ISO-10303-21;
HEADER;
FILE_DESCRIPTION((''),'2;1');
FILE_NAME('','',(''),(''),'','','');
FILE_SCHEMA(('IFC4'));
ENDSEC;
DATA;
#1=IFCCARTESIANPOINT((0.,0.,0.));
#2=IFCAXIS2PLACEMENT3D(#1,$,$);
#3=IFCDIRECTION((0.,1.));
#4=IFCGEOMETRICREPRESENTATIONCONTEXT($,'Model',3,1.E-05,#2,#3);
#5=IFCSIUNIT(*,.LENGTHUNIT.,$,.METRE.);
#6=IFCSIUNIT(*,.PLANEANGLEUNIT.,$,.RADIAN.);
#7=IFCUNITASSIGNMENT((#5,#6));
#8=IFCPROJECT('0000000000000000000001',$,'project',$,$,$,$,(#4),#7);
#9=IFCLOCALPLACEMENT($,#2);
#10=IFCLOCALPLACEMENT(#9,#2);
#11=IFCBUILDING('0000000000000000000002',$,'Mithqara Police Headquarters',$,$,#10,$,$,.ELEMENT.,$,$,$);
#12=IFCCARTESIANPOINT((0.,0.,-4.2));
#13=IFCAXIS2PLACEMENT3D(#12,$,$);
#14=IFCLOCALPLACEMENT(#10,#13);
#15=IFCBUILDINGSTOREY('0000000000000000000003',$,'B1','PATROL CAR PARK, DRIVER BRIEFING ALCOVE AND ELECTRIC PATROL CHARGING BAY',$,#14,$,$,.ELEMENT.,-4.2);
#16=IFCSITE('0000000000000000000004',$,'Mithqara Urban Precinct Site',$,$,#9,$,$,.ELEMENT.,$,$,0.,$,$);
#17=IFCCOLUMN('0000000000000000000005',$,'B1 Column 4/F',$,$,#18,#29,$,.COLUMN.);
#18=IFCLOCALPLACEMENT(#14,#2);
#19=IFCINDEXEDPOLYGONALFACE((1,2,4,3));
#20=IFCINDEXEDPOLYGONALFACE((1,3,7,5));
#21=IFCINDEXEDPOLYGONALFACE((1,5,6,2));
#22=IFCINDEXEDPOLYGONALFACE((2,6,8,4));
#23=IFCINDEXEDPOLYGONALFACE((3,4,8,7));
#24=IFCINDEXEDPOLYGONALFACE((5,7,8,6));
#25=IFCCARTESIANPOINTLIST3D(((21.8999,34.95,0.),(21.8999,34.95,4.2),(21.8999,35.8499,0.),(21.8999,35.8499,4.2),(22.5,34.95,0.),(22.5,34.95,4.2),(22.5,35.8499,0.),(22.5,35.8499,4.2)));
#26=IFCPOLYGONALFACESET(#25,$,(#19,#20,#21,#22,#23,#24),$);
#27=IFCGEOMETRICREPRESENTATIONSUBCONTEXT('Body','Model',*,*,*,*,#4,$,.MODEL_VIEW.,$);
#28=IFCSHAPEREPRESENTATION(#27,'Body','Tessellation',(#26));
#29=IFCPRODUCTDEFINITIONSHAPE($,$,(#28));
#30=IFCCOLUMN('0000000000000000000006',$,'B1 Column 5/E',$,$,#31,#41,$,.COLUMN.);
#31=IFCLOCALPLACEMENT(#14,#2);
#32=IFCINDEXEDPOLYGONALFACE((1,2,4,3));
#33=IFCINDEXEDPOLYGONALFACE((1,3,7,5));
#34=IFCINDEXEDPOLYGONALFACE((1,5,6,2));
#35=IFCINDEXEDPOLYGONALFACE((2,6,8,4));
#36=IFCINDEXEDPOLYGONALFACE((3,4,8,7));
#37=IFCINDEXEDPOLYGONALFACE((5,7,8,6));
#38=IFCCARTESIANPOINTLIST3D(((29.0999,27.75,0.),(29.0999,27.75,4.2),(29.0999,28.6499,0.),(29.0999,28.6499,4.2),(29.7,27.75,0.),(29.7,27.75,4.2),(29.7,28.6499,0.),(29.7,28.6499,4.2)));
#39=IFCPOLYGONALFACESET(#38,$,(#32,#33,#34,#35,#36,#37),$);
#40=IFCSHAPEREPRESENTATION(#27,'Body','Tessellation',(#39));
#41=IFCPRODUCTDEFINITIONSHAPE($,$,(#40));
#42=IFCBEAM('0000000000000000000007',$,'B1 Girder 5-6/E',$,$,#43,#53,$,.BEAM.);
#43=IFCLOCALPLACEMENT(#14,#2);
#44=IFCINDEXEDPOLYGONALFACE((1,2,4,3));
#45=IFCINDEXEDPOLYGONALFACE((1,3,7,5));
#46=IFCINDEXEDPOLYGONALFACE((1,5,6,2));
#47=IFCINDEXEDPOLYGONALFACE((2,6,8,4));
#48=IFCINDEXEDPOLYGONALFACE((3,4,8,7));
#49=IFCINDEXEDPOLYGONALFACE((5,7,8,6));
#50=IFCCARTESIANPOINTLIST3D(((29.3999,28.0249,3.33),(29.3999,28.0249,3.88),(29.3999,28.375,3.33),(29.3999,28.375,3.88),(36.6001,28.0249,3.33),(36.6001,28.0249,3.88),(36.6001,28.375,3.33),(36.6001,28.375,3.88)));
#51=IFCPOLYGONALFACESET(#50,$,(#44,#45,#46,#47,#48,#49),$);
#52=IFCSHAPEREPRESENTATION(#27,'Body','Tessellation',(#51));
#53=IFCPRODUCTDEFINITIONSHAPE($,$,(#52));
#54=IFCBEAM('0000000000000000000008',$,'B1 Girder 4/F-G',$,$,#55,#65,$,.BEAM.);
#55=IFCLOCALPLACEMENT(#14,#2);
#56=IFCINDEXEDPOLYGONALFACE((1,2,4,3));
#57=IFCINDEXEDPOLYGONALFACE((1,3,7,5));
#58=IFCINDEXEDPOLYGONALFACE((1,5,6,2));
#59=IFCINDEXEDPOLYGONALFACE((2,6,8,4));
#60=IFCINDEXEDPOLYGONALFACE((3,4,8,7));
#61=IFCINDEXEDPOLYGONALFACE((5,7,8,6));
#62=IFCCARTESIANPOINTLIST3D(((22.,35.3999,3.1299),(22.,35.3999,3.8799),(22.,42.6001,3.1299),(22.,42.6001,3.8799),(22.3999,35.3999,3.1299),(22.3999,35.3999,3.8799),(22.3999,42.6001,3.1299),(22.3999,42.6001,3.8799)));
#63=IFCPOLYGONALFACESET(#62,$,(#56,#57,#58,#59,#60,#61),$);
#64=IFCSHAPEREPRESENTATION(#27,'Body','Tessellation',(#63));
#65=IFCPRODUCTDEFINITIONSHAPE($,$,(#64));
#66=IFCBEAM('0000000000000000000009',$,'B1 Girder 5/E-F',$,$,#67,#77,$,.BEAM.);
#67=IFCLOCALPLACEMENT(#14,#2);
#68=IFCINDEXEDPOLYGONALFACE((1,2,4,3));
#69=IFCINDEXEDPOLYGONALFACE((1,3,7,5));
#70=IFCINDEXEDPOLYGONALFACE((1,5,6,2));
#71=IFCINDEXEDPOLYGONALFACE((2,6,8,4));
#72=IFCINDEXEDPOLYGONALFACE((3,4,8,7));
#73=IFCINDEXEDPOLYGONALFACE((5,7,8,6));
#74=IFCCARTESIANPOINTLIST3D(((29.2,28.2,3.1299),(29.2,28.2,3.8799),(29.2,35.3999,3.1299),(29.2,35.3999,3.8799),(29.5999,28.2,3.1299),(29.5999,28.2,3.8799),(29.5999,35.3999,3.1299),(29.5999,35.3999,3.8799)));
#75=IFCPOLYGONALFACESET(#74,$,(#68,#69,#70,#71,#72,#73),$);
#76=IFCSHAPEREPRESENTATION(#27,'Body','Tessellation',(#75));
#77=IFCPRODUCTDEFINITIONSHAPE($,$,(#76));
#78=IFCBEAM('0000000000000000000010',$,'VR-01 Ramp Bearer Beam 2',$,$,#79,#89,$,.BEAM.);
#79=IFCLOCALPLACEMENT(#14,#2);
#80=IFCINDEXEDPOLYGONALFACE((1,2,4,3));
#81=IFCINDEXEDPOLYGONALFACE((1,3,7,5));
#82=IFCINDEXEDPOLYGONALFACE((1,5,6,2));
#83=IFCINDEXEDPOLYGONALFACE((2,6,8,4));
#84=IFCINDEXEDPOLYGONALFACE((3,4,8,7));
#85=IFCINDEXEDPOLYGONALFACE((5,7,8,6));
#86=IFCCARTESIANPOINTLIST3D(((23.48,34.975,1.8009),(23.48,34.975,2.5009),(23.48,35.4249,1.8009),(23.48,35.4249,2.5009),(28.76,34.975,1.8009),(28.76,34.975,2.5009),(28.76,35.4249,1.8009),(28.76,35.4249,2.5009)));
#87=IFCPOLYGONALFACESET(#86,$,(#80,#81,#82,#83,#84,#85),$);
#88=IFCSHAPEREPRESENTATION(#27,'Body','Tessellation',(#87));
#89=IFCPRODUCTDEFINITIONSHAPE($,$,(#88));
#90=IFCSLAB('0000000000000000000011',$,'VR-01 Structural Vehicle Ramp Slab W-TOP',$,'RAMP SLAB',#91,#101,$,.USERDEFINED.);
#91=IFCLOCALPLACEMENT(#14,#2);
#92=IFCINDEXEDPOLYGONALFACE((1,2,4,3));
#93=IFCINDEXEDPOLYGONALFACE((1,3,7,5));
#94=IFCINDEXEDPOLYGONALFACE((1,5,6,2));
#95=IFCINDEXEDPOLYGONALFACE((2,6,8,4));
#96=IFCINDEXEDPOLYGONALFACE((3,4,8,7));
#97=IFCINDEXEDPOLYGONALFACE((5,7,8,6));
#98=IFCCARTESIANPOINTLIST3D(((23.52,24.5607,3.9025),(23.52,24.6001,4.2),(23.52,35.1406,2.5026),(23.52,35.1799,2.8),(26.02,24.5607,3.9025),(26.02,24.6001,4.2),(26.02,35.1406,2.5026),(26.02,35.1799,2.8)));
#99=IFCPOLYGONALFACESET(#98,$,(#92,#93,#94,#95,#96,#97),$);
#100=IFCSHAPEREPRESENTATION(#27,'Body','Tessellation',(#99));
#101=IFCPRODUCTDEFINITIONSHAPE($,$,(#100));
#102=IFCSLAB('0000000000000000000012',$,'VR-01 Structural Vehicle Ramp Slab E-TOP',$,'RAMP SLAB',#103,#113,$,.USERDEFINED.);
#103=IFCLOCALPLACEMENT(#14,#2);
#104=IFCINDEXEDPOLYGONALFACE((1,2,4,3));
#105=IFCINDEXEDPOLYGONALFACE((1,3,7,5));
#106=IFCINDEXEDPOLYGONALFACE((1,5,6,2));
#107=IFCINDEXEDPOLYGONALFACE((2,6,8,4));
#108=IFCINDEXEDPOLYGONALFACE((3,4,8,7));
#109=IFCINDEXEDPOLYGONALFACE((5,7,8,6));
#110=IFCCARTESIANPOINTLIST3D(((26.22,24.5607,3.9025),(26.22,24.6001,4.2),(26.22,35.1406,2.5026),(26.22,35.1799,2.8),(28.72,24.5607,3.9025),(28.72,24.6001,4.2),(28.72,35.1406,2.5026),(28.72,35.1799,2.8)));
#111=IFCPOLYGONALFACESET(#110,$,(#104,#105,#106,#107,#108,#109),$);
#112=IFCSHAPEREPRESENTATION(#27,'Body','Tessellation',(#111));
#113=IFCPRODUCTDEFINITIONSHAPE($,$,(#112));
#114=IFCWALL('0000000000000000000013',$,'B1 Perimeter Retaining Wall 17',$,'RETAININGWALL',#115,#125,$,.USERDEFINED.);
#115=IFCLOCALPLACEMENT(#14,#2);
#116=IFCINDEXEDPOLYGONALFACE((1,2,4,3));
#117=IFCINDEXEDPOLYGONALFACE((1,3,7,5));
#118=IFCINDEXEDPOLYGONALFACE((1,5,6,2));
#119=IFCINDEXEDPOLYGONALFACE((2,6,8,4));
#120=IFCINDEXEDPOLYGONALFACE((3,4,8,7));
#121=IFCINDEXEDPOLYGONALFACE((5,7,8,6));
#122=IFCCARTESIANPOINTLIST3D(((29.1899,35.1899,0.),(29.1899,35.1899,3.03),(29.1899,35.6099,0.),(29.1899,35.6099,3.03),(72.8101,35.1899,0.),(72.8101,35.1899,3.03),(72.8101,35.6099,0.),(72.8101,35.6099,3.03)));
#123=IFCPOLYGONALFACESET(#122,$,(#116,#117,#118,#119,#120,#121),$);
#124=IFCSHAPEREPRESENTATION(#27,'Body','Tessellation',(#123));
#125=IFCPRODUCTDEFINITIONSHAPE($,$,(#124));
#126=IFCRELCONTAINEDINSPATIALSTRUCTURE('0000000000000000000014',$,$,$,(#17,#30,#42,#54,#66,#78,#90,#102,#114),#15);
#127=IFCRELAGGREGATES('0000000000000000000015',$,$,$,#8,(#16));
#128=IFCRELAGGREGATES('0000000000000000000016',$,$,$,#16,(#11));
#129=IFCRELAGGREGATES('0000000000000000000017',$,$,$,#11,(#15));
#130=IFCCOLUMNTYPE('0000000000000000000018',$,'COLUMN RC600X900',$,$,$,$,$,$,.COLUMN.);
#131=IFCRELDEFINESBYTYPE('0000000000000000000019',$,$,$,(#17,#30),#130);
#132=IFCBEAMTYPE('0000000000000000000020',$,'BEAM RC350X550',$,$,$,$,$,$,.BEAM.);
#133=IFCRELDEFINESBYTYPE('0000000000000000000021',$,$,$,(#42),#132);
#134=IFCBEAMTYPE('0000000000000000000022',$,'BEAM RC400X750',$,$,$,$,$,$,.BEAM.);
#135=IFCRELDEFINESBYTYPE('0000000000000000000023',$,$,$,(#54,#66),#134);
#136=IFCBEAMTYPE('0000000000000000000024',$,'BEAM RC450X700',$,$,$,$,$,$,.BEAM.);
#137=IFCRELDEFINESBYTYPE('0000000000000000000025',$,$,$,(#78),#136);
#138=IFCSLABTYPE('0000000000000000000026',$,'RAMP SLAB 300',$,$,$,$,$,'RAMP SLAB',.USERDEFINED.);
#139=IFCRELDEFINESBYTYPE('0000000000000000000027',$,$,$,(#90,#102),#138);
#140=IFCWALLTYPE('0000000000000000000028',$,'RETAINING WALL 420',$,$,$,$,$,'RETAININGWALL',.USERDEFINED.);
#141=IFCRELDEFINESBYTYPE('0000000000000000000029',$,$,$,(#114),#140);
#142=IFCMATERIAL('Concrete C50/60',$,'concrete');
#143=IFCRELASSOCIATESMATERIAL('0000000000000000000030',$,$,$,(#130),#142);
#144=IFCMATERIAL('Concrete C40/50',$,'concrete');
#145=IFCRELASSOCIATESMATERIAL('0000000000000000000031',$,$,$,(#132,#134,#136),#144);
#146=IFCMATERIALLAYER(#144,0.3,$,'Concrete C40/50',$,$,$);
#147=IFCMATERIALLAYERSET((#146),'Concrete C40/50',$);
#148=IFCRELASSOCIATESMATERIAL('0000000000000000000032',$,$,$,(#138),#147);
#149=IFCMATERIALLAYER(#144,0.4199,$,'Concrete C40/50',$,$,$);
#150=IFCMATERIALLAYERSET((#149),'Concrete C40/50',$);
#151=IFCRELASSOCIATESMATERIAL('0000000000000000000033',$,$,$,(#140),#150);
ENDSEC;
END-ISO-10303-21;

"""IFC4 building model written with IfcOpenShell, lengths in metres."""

from ifc_helpers import new_model, si_unit, direction, frame, frame_2d, origin, origin_2d, place, context, subcontext, project, spatial, polyline, rectangle, outline, extrude, material, layer, layer_set, material_profile, profile_set, type_object, element, save


model = new_model("IFC4")

# Units and contexts
model_context = context("Model", 3, precision=1e-05, world=origin(), true_north=direction((0.0, 1.0)))
body_context = subcontext(model_context, "Body", "Model", "MODEL_VIEW")
ifc_project = project(units=[si_unit("LENGTHUNIT", "METRE"), si_unit("PLANEANGLEUNIT", "RADIAN")], contexts=[model_context])

# Site, building, storey
site_placement = place(None, origin())
site = spatial("IfcSite", under=ifc_project, at=site_placement, Name="Mithqara Urban Precinct Site", CompositionType="ELEMENT", RefElevation=0.0)
building_placement = place(site_placement, origin())
building = spatial("IfcBuilding", under=site, at=building_placement, Name="Mithqara Police Headquarters", CompositionType="ELEMENT")
storey_placement = place(building_placement, frame((0.0, 0.0, -4.2)))
storey = spatial("IfcBuildingStorey", under=building, at=storey_placement, Name="B1", Description="PATROL CAR PARK, DRIVER BRIEFING ALCOVE AND ELECTRIC PATROL CHARGING BAY", CompositionType="ELEMENT", Elevation=-4.2)

# Shared definitions
ifc_material_1 = material(Name="Concrete C40/50", Category="concrete")

# Columns
ifc_material_2 = material(Name="Concrete C50/60", Category="concrete")
ifc_material_profile_1 = material_profile(ifc_material_2, rectangle(XDim=0.6001, YDim=0.8999, at=origin_2d()), Name="RC 600x900")
ifc_profile_set_1 = profile_set([ifc_material_profile_1], Name="Concrete C50/60")
column_type_1 = type_object("IfcColumnType", Name="COLUMN RC600X900", PredefinedType="COLUMN", material=ifc_profile_set_1)
for number, where, z_axis, x_axis, name in (
    (1, (22.2, 35.3999, 0.0), (0.0, 0.0, 1.0), (1.0, 0.0, 0.0), "B1 Column 4/F"),
    (2, (29.3999, 28.2, 0.0), (0.0, 0.0, 1.0), (1.0, 0.0, 0.0), "B1 Column 5/E"),
):
    element("IfcColumn", number, at=place(storey_placement, frame(where, z_axis=z_axis, x_axis=x_axis)), inside=storey, type_object=column_type_1, Name=name, PredefinedType="COLUMN", context=body_context, shape_type="SweptSolid", body=[
        extrude(rectangle(XDim=0.6001, YDim=0.8999, at=origin_2d()), origin(), (0.0, 0.0, 1.0), 4.2),
    ])

# Beams
ifc_material_profile_2 = material_profile(ifc_material_1, rectangle(XDim=0.3501, YDim=0.55, at=origin_2d()), Name="RC 350x550")
ifc_profile_set_2 = profile_set([ifc_material_profile_2], Name="Concrete C40/50")
beam_type_1 = type_object("IfcBeamType", Name="BEAM RC350X550", PredefinedType="BEAM", material=ifc_profile_set_2)
beam_1_placement = place(storey_placement, frame((29.3999, 28.2, 3.605), z_axis=(1.0, 0.0, 0.0), x_axis=(0.0, 1.0, 0.0)))
element("IfcBeam", 3, at=beam_1_placement, inside=storey, type_object=beam_type_1, Name="B1 Girder 5-6/E", PredefinedType="BEAM", context=body_context, shape_type="SweptSolid", body=[
    extrude(rectangle(XDim=0.3501, YDim=0.55, at=origin_2d()), origin(), (0.0, 0.0, 1.0), 7.2002),
])
ifc_material_profile_3 = material_profile(ifc_material_1, rectangle(XDim=0.3999, YDim=0.75, at=origin_2d()), Name="RC 400x750")
ifc_profile_set_3 = profile_set([ifc_material_profile_3], Name="Concrete C40/50")
beam_type_2 = type_object("IfcBeamType", Name="BEAM RC400X750", PredefinedType="BEAM", material=ifc_profile_set_3)
beam_2_placement = place(storey_placement, frame((22.2, 35.3999, 3.5049), z_axis=(0.0, 1.0, 0.0), x_axis=(-1.0, 0.0, 0.0)))
element("IfcBeam", 4, at=beam_2_placement, inside=storey, type_object=beam_type_2, Name="B1 Girder 4/F-G", PredefinedType="BEAM", context=body_context, shape_type="SweptSolid", body=[
    extrude(rectangle(XDim=0.3999, YDim=0.75, at=origin_2d()), origin(), (0.0, 0.0, 1.0), 7.2002),
])
beam_3_placement = place(storey_placement, frame((29.3999, 28.2, 3.5049), z_axis=(0.0, 1.0, 0.0), x_axis=(-1.0, 0.0, 0.0)))
element("IfcBeam", 5, at=beam_3_placement, inside=storey, type_object=beam_type_2, Name="B1 Girder 5/E-F", PredefinedType="BEAM", context=body_context, shape_type="SweptSolid", body=[
    extrude(rectangle(XDim=0.3999, YDim=0.75, at=origin_2d()), origin(), (0.0, 0.0, 1.0), 7.2),
])
ifc_material_profile_4 = material_profile(ifc_material_1, rectangle(XDim=0.45, YDim=0.7, at=origin_2d()), Name="RC 450x700")
ifc_profile_set_4 = profile_set([ifc_material_profile_4], Name="Concrete C40/50")
beam_type_3 = type_object("IfcBeamType", Name="BEAM RC450X700", PredefinedType="BEAM", material=ifc_profile_set_4)
beam_4_placement = place(storey_placement, frame((23.48, 35.2, 2.1509), z_axis=(1.0, 0.0, 0.0), x_axis=(0.0, 1.0, 0.0)))
element("IfcBeam", 6, at=beam_4_placement, inside=storey, type_object=beam_type_3, Name="VR-01 Ramp Bearer Beam 2", PredefinedType="BEAM", context=body_context, shape_type="SweptSolid", body=[
    extrude(rectangle(XDim=0.45, YDim=0.7, at=origin_2d()), origin(), (0.0, 0.0, 1.0), 5.28),
])

# Slabs
ifc_layer_1 = layer(ifc_material_1, 0.3, Name="Concrete C40/50")
ifc_layer_set_1 = layer_set([ifc_layer_1], Name="Concrete C40/50")
slab_type = type_object("IfcSlabType", Name="RAMP SLAB 300", ElementType="RAMP SLAB", PredefinedType="USERDEFINED", material=ifc_layer_set_1)
for number, where, z_axis, x_axis, name in (
    (7, (23.52, 35.1799, 2.8), (0.0, 0.131175, 0.991359), (1.0, 0.0, 0.0), "VR-01 Structural Vehicle Ramp Slab W-TOP"),
    (8, (26.22, 35.1799, 2.8), (0.0, 0.131175, 0.991359), (1.0, 0.0, 0.0), "VR-01 Structural Vehicle Ramp Slab E-TOP"),
):
    element("IfcSlab", number, at=place(storey_placement, frame(where, z_axis=z_axis, x_axis=x_axis)), inside=storey, type_object=slab_type, Name=name, ObjectType="RAMP SLAB", PredefinedType="USERDEFINED", context=body_context, shape_type="SweptSolid", body=[
        extrude(outline(polyline([(0.0, 0.0), (2.5, 0.0), (2.5, -10.672), (0.0, -10.672), (0.0, 0.0)])), origin(), (0.0, 0.0, -1.0), 0.3),
    ])

# Wall
ifc_layer_2 = layer(ifc_material_1, 0.4199, Name="Concrete C40/50")
ifc_layer_set_2 = layer_set([ifc_layer_2], Name="Concrete C40/50")
wall_type = type_object("IfcWallType", Name="RETAINING WALL 420", ElementType="RETAININGWALL", PredefinedType="USERDEFINED", material=ifc_layer_set_2)
wall_placement = place(storey_placement, frame((29.1899, 35.3999, 0.0), z_axis=(0.0, 0.0, 1.0), x_axis=(1.0, 0.0, 0.0)))
element("IfcWall", 9, at=wall_placement, inside=storey, type_object=wall_type, Name="B1 Perimeter Retaining Wall 17", ObjectType="RETAININGWALL", PredefinedType="USERDEFINED", context=body_context, shape_type="SweptSolid", body=[
    extrude(rectangle(XDim=43.6201, YDim=0.4199, at=frame_2d((21.8101, 0.0))), origin(), (0.0, 0.0, 1.0), 3.03),
])

save(model, "model.ifc")
